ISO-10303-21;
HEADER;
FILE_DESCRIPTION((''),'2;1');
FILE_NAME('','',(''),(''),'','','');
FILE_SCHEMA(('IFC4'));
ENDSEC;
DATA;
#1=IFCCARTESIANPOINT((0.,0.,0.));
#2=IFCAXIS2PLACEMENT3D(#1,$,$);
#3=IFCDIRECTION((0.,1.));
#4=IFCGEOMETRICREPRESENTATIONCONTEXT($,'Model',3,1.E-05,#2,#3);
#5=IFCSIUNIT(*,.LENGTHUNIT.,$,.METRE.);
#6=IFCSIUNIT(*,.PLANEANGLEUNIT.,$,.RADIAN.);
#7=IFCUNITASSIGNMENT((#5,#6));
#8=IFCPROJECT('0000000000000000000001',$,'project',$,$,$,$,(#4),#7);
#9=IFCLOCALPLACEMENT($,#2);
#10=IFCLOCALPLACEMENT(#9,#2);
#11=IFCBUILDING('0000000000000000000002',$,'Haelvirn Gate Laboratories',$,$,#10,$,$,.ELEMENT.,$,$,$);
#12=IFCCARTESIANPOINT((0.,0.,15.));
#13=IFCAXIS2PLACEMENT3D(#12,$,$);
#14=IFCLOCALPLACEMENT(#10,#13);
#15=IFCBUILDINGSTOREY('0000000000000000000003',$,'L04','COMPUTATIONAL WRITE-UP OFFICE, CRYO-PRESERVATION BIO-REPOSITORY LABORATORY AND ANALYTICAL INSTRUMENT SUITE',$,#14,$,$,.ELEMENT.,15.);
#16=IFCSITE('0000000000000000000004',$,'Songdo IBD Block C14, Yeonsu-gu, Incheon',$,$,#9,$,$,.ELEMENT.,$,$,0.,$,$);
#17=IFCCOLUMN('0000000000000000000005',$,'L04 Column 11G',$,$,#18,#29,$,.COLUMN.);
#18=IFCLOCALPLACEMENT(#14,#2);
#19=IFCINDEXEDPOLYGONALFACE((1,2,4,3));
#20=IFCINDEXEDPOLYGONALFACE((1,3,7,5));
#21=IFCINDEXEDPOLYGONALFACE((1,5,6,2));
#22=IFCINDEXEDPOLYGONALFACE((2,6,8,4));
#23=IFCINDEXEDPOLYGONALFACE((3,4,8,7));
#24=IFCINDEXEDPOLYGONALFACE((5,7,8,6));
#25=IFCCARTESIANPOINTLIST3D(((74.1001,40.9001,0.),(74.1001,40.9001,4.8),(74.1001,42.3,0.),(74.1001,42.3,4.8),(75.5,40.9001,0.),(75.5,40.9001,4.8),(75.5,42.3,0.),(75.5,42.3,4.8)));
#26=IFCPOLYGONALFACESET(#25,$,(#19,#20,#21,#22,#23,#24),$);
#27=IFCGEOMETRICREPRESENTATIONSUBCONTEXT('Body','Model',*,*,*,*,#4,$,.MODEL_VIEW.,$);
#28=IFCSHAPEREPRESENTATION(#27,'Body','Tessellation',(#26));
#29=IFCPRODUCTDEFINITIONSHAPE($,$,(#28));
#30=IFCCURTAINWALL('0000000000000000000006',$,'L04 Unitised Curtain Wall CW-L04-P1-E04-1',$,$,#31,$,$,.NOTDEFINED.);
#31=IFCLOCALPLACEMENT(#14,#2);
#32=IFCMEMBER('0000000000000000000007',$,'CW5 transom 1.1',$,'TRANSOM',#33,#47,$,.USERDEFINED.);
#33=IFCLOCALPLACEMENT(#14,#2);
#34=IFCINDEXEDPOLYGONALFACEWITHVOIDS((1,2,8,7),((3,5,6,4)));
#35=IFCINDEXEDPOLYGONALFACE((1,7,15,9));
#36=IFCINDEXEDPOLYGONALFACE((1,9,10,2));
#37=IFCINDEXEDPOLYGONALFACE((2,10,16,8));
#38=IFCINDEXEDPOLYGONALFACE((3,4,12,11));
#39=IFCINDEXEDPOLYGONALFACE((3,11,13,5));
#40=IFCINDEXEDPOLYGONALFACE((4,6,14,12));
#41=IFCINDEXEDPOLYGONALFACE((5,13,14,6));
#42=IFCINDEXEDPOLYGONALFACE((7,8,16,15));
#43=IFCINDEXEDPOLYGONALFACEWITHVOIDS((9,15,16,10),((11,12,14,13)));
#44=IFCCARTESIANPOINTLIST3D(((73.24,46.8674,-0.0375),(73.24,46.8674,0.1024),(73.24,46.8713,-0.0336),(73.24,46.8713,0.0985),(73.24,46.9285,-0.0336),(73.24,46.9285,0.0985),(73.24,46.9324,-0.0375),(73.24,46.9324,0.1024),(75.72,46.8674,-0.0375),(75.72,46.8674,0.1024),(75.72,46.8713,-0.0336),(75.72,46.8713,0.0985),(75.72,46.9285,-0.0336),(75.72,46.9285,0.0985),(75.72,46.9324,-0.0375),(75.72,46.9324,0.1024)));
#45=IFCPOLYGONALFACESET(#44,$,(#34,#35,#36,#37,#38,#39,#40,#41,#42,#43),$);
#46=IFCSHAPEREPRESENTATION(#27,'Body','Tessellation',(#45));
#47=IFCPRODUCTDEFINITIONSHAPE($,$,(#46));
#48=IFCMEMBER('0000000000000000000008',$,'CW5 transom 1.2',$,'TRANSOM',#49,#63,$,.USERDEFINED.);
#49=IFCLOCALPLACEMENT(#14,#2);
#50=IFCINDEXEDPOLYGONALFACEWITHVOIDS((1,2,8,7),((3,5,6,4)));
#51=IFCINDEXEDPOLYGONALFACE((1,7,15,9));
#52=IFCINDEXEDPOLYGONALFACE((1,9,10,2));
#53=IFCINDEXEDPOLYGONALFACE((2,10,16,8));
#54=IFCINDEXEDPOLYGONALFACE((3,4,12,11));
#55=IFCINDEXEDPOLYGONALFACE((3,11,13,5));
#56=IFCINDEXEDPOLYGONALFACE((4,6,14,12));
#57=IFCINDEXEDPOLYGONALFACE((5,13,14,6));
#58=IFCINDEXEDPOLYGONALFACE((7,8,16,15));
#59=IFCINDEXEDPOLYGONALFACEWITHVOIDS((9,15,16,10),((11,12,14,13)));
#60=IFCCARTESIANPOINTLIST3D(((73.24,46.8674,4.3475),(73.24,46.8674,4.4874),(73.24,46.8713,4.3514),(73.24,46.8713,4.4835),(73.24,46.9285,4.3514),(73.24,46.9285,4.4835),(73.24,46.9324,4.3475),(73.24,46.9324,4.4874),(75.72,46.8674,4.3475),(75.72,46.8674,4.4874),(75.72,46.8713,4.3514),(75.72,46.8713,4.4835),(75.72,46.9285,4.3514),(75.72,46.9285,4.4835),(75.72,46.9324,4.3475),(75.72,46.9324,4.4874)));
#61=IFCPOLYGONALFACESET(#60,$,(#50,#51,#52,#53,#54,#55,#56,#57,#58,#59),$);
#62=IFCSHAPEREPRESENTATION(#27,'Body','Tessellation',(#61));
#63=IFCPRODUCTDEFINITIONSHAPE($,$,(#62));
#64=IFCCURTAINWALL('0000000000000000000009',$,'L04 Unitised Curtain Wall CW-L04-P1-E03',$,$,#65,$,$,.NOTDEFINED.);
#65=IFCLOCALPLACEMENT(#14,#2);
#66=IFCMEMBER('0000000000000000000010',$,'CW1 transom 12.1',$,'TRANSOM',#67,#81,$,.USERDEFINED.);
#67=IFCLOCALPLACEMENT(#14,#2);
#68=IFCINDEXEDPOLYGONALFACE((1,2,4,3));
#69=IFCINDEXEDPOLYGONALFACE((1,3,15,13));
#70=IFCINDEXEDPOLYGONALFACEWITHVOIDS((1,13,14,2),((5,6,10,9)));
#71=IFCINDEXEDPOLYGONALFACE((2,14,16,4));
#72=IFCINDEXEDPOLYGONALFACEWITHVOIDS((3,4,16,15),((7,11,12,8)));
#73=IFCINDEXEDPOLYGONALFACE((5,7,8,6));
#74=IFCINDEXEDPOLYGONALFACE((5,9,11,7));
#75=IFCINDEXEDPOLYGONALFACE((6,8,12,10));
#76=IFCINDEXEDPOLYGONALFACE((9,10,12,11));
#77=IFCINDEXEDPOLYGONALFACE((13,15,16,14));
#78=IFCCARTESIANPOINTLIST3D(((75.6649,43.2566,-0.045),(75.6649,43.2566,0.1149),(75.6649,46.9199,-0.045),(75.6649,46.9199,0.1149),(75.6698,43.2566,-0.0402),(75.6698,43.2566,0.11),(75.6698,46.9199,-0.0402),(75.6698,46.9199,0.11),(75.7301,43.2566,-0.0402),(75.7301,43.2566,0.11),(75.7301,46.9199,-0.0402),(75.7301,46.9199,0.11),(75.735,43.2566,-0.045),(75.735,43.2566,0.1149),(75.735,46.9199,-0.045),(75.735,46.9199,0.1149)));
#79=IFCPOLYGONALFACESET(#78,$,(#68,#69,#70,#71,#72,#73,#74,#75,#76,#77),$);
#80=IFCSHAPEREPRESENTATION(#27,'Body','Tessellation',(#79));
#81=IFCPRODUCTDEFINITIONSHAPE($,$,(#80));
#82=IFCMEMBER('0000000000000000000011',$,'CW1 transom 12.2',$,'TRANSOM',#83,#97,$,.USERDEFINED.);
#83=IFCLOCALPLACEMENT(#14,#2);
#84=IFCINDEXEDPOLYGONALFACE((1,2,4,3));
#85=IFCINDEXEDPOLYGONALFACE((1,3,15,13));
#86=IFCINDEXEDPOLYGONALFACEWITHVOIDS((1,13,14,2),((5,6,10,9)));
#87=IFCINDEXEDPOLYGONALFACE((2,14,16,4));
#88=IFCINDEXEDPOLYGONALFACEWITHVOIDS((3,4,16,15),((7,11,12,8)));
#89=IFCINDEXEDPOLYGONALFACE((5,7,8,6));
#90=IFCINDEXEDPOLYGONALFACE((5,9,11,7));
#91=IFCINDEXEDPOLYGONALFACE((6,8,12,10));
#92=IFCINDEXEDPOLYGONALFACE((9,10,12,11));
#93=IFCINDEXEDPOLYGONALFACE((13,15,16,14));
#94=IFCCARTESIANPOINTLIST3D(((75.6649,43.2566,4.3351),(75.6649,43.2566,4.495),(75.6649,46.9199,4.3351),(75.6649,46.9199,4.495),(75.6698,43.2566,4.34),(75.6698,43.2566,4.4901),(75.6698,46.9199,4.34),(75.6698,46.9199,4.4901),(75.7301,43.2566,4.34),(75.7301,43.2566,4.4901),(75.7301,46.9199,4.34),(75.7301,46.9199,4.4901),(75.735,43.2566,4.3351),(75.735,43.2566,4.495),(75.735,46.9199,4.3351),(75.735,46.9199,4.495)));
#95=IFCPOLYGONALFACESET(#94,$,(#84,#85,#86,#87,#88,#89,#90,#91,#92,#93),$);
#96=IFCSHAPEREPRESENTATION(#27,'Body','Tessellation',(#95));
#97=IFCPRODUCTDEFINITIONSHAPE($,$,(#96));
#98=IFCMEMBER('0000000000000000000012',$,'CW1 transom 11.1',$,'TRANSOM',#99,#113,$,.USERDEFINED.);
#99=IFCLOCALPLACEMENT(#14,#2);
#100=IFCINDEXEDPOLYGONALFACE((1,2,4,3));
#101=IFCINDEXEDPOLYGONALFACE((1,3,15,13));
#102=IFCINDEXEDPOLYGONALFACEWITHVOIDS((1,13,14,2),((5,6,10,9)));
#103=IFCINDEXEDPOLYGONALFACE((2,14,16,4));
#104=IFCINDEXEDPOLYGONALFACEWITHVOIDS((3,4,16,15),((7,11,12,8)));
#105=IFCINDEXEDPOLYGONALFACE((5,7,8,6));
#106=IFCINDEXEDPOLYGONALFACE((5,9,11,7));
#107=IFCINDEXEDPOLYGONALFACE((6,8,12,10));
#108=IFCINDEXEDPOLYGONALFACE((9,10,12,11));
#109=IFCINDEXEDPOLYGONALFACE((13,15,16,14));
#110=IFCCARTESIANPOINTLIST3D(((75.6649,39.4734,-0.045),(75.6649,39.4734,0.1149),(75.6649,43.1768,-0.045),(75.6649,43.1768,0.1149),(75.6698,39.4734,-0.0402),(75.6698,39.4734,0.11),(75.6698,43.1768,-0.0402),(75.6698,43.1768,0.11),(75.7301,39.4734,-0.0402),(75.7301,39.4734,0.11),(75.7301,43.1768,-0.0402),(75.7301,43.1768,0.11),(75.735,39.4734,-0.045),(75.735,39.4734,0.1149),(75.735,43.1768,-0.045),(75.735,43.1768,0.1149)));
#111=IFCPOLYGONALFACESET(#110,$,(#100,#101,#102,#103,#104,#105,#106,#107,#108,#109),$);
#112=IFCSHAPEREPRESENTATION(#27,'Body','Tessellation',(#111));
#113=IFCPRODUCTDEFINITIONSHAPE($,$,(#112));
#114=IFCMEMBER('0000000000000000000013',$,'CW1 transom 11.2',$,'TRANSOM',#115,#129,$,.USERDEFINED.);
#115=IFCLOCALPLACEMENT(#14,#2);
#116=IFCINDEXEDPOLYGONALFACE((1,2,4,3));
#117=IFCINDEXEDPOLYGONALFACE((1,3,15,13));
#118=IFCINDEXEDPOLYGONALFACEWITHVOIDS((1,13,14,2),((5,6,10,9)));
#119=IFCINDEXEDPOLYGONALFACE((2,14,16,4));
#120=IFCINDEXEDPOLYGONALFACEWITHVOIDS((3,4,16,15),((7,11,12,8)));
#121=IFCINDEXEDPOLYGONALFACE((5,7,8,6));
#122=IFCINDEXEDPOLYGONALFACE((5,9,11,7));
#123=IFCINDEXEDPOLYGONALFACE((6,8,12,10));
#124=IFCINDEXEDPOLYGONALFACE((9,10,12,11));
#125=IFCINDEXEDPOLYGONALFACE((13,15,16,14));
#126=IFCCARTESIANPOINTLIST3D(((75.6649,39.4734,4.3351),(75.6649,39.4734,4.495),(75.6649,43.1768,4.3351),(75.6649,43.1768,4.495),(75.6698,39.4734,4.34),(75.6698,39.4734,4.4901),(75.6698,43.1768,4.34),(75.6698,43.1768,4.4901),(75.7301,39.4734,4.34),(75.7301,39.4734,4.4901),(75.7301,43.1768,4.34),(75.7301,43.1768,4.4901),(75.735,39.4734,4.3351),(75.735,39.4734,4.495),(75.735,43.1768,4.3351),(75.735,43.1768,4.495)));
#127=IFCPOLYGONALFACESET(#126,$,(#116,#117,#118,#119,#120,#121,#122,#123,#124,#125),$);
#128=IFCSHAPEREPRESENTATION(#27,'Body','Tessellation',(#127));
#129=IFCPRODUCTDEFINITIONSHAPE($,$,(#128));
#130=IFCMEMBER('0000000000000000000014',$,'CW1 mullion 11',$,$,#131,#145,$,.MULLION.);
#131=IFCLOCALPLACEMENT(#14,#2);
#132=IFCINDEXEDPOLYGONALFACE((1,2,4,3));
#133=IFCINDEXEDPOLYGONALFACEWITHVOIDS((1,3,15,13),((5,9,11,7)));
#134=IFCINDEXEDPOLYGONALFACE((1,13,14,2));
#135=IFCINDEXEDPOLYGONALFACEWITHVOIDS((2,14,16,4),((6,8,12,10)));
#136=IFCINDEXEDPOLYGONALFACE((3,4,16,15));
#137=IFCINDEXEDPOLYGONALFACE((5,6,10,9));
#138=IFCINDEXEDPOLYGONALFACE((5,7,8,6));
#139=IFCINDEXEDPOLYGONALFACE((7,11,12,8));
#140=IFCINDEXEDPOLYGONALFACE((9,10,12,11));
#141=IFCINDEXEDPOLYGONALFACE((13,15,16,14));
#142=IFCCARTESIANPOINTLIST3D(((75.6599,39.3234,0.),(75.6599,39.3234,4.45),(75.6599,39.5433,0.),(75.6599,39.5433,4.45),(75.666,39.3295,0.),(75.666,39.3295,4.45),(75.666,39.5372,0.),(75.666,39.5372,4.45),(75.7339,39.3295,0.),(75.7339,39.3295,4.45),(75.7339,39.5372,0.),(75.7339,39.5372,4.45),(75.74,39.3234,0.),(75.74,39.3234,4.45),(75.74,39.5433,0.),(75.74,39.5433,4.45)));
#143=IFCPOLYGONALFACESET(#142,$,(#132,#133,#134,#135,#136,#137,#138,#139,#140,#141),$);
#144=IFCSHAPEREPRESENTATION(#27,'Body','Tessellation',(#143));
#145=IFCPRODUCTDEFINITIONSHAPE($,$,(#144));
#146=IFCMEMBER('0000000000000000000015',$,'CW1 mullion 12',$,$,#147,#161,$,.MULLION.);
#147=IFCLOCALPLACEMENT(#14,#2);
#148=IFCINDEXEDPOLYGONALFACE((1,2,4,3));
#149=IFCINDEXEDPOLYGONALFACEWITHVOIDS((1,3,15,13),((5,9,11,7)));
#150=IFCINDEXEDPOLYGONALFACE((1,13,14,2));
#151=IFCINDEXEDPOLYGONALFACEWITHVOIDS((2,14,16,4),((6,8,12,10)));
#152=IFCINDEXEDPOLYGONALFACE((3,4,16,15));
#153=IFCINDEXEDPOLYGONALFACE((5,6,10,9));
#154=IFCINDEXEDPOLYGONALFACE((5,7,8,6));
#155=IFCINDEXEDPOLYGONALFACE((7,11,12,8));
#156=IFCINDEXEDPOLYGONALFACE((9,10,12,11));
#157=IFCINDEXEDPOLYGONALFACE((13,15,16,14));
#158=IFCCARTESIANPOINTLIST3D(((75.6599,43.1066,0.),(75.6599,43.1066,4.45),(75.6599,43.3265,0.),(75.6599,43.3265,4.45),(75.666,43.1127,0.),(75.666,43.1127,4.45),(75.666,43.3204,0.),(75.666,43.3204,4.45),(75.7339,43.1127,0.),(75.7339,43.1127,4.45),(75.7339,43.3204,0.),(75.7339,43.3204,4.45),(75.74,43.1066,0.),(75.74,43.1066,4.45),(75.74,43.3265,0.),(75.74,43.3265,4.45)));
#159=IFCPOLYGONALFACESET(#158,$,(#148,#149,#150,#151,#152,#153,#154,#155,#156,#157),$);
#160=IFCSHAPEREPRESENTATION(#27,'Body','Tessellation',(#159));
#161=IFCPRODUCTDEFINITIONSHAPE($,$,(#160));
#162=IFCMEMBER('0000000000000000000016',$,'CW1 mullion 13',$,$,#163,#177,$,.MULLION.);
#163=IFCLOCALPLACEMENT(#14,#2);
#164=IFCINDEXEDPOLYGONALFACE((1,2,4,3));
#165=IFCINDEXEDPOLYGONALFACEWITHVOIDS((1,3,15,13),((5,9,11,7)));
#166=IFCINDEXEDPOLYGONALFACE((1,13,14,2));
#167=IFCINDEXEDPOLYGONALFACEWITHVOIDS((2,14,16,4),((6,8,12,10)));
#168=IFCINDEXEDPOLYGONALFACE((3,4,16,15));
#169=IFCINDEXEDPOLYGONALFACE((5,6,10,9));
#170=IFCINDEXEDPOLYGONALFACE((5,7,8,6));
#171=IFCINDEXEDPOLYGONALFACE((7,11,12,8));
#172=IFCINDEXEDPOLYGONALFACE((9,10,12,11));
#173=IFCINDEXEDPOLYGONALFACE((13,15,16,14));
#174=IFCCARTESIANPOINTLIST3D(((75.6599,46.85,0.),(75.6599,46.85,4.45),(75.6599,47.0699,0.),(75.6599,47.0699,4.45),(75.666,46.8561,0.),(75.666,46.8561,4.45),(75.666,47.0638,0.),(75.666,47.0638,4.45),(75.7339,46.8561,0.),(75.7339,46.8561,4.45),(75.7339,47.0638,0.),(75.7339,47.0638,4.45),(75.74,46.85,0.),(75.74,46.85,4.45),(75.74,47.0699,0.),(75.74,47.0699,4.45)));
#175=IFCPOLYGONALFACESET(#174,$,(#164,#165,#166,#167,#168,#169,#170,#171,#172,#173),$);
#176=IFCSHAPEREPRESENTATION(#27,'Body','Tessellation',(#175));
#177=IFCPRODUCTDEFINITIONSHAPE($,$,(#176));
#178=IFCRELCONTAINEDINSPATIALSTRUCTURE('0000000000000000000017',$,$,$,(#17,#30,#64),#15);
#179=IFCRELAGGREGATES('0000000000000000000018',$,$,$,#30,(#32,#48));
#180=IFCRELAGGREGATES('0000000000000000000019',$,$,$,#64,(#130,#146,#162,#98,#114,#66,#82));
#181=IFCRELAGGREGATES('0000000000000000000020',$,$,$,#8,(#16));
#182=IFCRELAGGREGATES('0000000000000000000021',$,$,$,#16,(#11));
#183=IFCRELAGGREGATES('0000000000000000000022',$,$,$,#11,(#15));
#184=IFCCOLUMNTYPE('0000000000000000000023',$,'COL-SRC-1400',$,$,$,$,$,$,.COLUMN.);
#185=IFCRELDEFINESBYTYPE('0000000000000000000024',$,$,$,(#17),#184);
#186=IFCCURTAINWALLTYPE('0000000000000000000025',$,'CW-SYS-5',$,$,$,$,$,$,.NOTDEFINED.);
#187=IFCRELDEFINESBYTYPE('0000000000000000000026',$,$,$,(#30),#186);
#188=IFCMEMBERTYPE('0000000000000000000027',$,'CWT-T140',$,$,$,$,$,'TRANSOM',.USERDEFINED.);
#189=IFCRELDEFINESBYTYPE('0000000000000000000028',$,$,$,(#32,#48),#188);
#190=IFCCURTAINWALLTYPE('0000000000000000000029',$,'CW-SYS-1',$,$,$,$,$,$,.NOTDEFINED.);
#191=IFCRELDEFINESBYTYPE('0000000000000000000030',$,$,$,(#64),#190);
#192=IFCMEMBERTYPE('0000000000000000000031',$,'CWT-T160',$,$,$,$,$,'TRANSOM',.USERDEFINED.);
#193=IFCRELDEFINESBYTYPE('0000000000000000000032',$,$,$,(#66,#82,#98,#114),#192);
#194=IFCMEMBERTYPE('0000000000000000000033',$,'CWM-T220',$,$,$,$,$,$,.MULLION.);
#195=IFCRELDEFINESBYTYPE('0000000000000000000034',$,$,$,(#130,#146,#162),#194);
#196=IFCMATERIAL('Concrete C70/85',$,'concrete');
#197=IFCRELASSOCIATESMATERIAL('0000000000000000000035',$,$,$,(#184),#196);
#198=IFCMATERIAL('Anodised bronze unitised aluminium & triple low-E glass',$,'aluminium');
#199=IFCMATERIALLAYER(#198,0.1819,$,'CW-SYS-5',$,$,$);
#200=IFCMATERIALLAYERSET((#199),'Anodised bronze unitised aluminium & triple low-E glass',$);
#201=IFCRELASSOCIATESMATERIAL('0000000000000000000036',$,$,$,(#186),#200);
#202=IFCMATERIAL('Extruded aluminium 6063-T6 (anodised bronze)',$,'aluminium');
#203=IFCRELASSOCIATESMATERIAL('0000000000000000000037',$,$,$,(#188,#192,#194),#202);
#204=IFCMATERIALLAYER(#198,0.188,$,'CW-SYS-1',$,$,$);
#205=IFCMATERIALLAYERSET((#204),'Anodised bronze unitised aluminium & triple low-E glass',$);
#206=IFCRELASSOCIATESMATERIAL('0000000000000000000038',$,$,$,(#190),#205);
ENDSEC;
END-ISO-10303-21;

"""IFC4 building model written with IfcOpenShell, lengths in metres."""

from ifc_helpers import new_model, si_unit, direction, frame, origin, origin_2d, place, context, subcontext, project, spatial, rectangle, hollow_rectangle, extrude, source, transform, mapped, material, layer, layer_set, material_profile, profile_set, type_object, type_shapes, element, aggregate, save


model = new_model("IFC4")

# Units and contexts
model_context = context("Model", 3, precision=1e-05, world=origin(), true_north=direction((0.0, 1.0)))
body_context = subcontext(model_context, "Body", "Model", "MODEL_VIEW")
ifc_project = project(units=[si_unit("LENGTHUNIT", "METRE"), si_unit("PLANEANGLEUNIT", "RADIAN")], contexts=[model_context])

# Site, building, storey
site_placement = place(None, origin())
site = spatial("IfcSite", under=ifc_project, at=site_placement, Name="Songdo IBD Block C14, Yeonsu-gu, Incheon", CompositionType="ELEMENT", RefElevation=0.0)
building_placement = place(site_placement, origin())
building = spatial("IfcBuilding", under=site, at=building_placement, Name="Haelvirn Gate Laboratories", CompositionType="ELEMENT")
storey_placement = place(building_placement, frame((0.0, 0.0, 15.0)))
storey = spatial("IfcBuildingStorey", under=building, at=storey_placement, Name="L04", Description="COMPUTATIONAL WRITE-UP OFFICE, CRYO-PRESERVATION BIO-REPOSITORY LABORATORY AND ANALYTICAL INSTRUMENT SUITE", CompositionType="ELEMENT", Elevation=15.0)

# Column
ifc_material_1 = material(Name="Concrete C70/85", Category="concrete")
ifc_material_profile_1 = material_profile(ifc_material_1, rectangle(XDim=1.3999, YDim=1.3999, at=origin_2d()), Name="SRC-1400x1400")
ifc_profile_set_1 = profile_set([ifc_material_profile_1], Name="Concrete C70/85")
column_type = type_object("IfcColumnType", Name="COL-SRC-1400", PredefinedType="COLUMN", material=ifc_profile_set_1)
shared_shape_1 = source(origin(), body_context, "Body", "SweptSolid", [
    extrude(rectangle(XDim=1.3999, YDim=1.3999, at=origin_2d()), origin(), (0.0, 0.0, 1.0), 4.8),
])
type_shapes(column_type, [shared_shape_1])
column_placement = place(storey_placement, frame((74.8, 41.6001, 0.0), z_axis=(0.0, 0.0, 1.0), x_axis=(1.0, 0.0, 0.0)))
element("IfcColumn", 1, at=column_placement, inside=storey, type_object=column_type, Name="L04 Column 11G", PredefinedType="COLUMN", context=body_context, shape_type="MappedRepresentation", body=[
    mapped(shared_shape_1, transform((0.0, 0.0, 0.0), scale=1.0)),
])

# Curtain walls, members
ifc_material_2 = material(Name="Anodised bronze unitised aluminium & triple low-E glass", Category="aluminium")
ifc_layer_1 = layer(ifc_material_2, 0.1819, Name="CW-SYS-5")
ifc_layer_set_1 = layer_set([ifc_layer_1], Name="Anodised bronze unitised aluminium & triple low-E glass")
curtain_wall_type_1 = type_object("IfcCurtainWallType", Name="CW-SYS-5", PredefinedType="NOTDEFINED", material=ifc_layer_set_1)
curtain_wall_1_placement = place(storey_placement, origin())
curtain_wall_1 = element("IfcCurtainWall", 2, at=curtain_wall_1_placement, inside=storey, type_object=curtain_wall_type_1, Name="L04 Unitised Curtain Wall CW-L04-P1-E04-1", PredefinedType="NOTDEFINED")
ifc_material_3 = material(Name="Extruded aluminium 6063-T6 (anodised bronze)", Category="aluminium")
ifc_material_profile_2 = material_profile(ifc_material_3, hollow_rectangle(XDim=0.0649, YDim=0.1399, WallThickness=0.0039, at=origin_2d()), Name="CWT-140x65x4")
ifc_profile_set_2 = profile_set([ifc_material_profile_2], Name="Extruded aluminium 6063-T6 (anodised bronze)")
member_type_1 = type_object("IfcMemberType", Name="CWT-T140", ElementType="TRANSOM", PredefinedType="USERDEFINED", material=ifc_profile_set_2)
shared_shape_2 = source(origin(), body_context, "Body", "SweptSolid", [
    extrude(hollow_rectangle(XDim=0.0649, YDim=0.1399, WallThickness=0.0039, at=origin_2d()), origin(), (0.0, 0.0, 1.0), 2.48),
])
type_shapes(member_type_1, [shared_shape_2])
member_1_placement = place(storey_placement, frame((73.24, 46.8999, 0.0325), z_axis=(1.0, 0.0, 0.0), x_axis=(0.0, 1.0, 0.0)))
member_1 = element("IfcMember", 3, at=member_1_placement, type_object=member_type_1, Name="CW5 transom 1.1", ObjectType="TRANSOM", PredefinedType="USERDEFINED", context=body_context, shape_type="MappedRepresentation", body=[
    mapped(shared_shape_2, transform((0.0, 0.0, 0.0), scale=1.0)),
])
member_2_placement = place(storey_placement, frame((73.24, 46.8999, 4.4175), z_axis=(1.0, 0.0, 0.0), x_axis=(0.0, 1.0, 0.0)))
member_2 = element("IfcMember", 4, at=member_2_placement, type_object=member_type_1, Name="CW5 transom 1.2", ObjectType="TRANSOM", PredefinedType="USERDEFINED", context=body_context, shape_type="MappedRepresentation", body=[
    mapped(shared_shape_2, transform((0.0, 0.0, 0.0), scale=1.0)),
])
ifc_layer_2 = layer(ifc_material_2, 0.188, Name="CW-SYS-1")
ifc_layer_set_2 = layer_set([ifc_layer_2], Name="Anodised bronze unitised aluminium & triple low-E glass")
curtain_wall_type_2 = type_object("IfcCurtainWallType", Name="CW-SYS-1", PredefinedType="NOTDEFINED", material=ifc_layer_set_2)
curtain_wall_2_placement = place(storey_placement, origin())
curtain_wall_2 = element("IfcCurtainWall", 5, at=curtain_wall_2_placement, inside=storey, type_object=curtain_wall_type_2, Name="L04 Unitised Curtain Wall CW-L04-P1-E03", PredefinedType="NOTDEFINED")
ifc_material_profile_3 = material_profile(ifc_material_3, hollow_rectangle(XDim=0.0701, YDim=0.1599, WallThickness=0.0049, at=origin_2d()), Name="CWT-160x70x5")
ifc_profile_set_3 = profile_set([ifc_material_profile_3], Name="Extruded aluminium 6063-T6 (anodised bronze)")
member_type_2 = type_object("IfcMemberType", Name="CWT-T160", ElementType="TRANSOM", PredefinedType="USERDEFINED", material=ifc_profile_set_3)
shared_shape_3 = source(origin(), body_context, "Body", "SweptSolid", [
    extrude(hollow_rectangle(XDim=0.0701, YDim=0.1599, WallThickness=0.0049, at=origin_2d()), origin(), (0.0, 0.0, 1.0), 3.6633),
])
member_3_placement = place(storey_placement, frame((75.7, 43.2566, 0.0349), z_axis=(0.0, 1.0, 0.0), x_axis=(-1.0, 0.0, 0.0)))
member_3 = element("IfcMember", 6, at=member_3_placement, type_object=member_type_2, Name="CW1 transom 12.1", ObjectType="TRANSOM", PredefinedType="USERDEFINED", context=body_context, shape_type="MappedRepresentation", body=[
    mapped(shared_shape_3, transform((0.0, 0.0, 0.0), scale=1.0)),
])
member_4_placement = place(storey_placement, frame((75.7, 43.2566, 4.415), z_axis=(0.0, 1.0, 0.0), x_axis=(-1.0, 0.0, 0.0)))
member_4 = element("IfcMember", 7, at=member_4_placement, type_object=member_type_2, Name="CW1 transom 12.2", ObjectType="TRANSOM", PredefinedType="USERDEFINED", context=body_context, shape_type="MappedRepresentation", body=[
    mapped(shared_shape_3, transform((0.0, 0.0, 0.0), scale=1.0)),
])
shared_shape_4 = source(origin(), body_context, "Body", "SweptSolid", [
    extrude(hollow_rectangle(XDim=0.0701, YDim=0.1599, WallThickness=0.0049, at=origin_2d()), origin(), (0.0, 0.0, 1.0), 3.7034),
])
type_shapes(member_type_2, [shared_shape_3, shared_shape_4])
member_5_placement = place(storey_placement, frame((75.7, 39.4734, 0.0349), z_axis=(0.0, 1.0, 0.0), x_axis=(-1.0, 0.0, 0.0)))
member_5 = element("IfcMember", 8, at=member_5_placement, type_object=member_type_2, Name="CW1 transom 11.1", ObjectType="TRANSOM", PredefinedType="USERDEFINED", context=body_context, shape_type="MappedRepresentation", body=[
    mapped(shared_shape_4, transform((0.0, 0.0, 0.0), scale=1.0)),
])
member_6_placement = place(storey_placement, frame((75.7, 39.4734, 4.415), z_axis=(0.0, 1.0, 0.0), x_axis=(-1.0, 0.0, 0.0)))
member_6 = element("IfcMember", 9, at=member_6_placement, type_object=member_type_2, Name="CW1 transom 11.2", ObjectType="TRANSOM", PredefinedType="USERDEFINED", context=body_context, shape_type="MappedRepresentation", body=[
    mapped(shared_shape_4, transform((0.0, 0.0, 0.0), scale=1.0)),
])
ifc_material_profile_4 = material_profile(ifc_material_3, hollow_rectangle(XDim=0.0801, YDim=0.22, WallThickness=0.0061, at=origin_2d()), Name="CWM-220x80x6")
ifc_profile_set_4 = profile_set([ifc_material_profile_4], Name="Extruded aluminium 6063-T6 (anodised bronze)")
member_type_3 = type_object("IfcMemberType", Name="CWM-T220", PredefinedType="MULLION", material=ifc_profile_set_4)
shared_shape_5 = source(origin(), body_context, "Body", "SweptSolid", [
    extrude(hollow_rectangle(XDim=0.0801, YDim=0.22, WallThickness=0.0061, at=origin_2d()), origin(), (0.0, 0.0, 1.0), 4.45),
])
type_shapes(member_type_3, [shared_shape_5])
member_7_placement = place(storey_placement, frame((75.7, 39.4333, 0.0), z_axis=(0.0, 0.0, 1.0), x_axis=(-1.0, 0.0, 0.0)))
member_7 = element("IfcMember", 10, at=member_7_placement, type_object=member_type_3, Name="CW1 mullion 11", PredefinedType="MULLION", context=body_context, shape_type="MappedRepresentation", body=[
    mapped(shared_shape_5, transform((0.0, 0.0, 0.0), scale=1.0)),
])
member_8_placement = place(storey_placement, frame((75.7, 43.2166, 0.0), z_axis=(0.0, 0.0, 1.0), x_axis=(-1.0, 0.0, 0.0)))
member_8 = element("IfcMember", 11, at=member_8_placement, type_object=member_type_3, Name="CW1 mullion 12", PredefinedType="MULLION", context=body_context, shape_type="MappedRepresentation", body=[
    mapped(shared_shape_5, transform((0.0, 0.0, 0.0), scale=1.0)),
])
member_9_placement = place(storey_placement, frame((75.7, 46.96, 0.0), z_axis=(0.0, 0.0, 1.0), x_axis=(-1.0, 0.0, 0.0)))
member_9 = element("IfcMember", 12, at=member_9_placement, type_object=member_type_3, Name="CW1 mullion 13", PredefinedType="MULLION", context=body_context, shape_type="MappedRepresentation", body=[
    mapped(shared_shape_5, transform((0.0, 0.0, 0.0), scale=1.0)),
])

aggregate(curtain_wall_1, [member_1, member_2])
aggregate(curtain_wall_2, [member_7, member_8, member_9, member_5, member_6, member_3, member_4])

save(model, "model.ifc")
